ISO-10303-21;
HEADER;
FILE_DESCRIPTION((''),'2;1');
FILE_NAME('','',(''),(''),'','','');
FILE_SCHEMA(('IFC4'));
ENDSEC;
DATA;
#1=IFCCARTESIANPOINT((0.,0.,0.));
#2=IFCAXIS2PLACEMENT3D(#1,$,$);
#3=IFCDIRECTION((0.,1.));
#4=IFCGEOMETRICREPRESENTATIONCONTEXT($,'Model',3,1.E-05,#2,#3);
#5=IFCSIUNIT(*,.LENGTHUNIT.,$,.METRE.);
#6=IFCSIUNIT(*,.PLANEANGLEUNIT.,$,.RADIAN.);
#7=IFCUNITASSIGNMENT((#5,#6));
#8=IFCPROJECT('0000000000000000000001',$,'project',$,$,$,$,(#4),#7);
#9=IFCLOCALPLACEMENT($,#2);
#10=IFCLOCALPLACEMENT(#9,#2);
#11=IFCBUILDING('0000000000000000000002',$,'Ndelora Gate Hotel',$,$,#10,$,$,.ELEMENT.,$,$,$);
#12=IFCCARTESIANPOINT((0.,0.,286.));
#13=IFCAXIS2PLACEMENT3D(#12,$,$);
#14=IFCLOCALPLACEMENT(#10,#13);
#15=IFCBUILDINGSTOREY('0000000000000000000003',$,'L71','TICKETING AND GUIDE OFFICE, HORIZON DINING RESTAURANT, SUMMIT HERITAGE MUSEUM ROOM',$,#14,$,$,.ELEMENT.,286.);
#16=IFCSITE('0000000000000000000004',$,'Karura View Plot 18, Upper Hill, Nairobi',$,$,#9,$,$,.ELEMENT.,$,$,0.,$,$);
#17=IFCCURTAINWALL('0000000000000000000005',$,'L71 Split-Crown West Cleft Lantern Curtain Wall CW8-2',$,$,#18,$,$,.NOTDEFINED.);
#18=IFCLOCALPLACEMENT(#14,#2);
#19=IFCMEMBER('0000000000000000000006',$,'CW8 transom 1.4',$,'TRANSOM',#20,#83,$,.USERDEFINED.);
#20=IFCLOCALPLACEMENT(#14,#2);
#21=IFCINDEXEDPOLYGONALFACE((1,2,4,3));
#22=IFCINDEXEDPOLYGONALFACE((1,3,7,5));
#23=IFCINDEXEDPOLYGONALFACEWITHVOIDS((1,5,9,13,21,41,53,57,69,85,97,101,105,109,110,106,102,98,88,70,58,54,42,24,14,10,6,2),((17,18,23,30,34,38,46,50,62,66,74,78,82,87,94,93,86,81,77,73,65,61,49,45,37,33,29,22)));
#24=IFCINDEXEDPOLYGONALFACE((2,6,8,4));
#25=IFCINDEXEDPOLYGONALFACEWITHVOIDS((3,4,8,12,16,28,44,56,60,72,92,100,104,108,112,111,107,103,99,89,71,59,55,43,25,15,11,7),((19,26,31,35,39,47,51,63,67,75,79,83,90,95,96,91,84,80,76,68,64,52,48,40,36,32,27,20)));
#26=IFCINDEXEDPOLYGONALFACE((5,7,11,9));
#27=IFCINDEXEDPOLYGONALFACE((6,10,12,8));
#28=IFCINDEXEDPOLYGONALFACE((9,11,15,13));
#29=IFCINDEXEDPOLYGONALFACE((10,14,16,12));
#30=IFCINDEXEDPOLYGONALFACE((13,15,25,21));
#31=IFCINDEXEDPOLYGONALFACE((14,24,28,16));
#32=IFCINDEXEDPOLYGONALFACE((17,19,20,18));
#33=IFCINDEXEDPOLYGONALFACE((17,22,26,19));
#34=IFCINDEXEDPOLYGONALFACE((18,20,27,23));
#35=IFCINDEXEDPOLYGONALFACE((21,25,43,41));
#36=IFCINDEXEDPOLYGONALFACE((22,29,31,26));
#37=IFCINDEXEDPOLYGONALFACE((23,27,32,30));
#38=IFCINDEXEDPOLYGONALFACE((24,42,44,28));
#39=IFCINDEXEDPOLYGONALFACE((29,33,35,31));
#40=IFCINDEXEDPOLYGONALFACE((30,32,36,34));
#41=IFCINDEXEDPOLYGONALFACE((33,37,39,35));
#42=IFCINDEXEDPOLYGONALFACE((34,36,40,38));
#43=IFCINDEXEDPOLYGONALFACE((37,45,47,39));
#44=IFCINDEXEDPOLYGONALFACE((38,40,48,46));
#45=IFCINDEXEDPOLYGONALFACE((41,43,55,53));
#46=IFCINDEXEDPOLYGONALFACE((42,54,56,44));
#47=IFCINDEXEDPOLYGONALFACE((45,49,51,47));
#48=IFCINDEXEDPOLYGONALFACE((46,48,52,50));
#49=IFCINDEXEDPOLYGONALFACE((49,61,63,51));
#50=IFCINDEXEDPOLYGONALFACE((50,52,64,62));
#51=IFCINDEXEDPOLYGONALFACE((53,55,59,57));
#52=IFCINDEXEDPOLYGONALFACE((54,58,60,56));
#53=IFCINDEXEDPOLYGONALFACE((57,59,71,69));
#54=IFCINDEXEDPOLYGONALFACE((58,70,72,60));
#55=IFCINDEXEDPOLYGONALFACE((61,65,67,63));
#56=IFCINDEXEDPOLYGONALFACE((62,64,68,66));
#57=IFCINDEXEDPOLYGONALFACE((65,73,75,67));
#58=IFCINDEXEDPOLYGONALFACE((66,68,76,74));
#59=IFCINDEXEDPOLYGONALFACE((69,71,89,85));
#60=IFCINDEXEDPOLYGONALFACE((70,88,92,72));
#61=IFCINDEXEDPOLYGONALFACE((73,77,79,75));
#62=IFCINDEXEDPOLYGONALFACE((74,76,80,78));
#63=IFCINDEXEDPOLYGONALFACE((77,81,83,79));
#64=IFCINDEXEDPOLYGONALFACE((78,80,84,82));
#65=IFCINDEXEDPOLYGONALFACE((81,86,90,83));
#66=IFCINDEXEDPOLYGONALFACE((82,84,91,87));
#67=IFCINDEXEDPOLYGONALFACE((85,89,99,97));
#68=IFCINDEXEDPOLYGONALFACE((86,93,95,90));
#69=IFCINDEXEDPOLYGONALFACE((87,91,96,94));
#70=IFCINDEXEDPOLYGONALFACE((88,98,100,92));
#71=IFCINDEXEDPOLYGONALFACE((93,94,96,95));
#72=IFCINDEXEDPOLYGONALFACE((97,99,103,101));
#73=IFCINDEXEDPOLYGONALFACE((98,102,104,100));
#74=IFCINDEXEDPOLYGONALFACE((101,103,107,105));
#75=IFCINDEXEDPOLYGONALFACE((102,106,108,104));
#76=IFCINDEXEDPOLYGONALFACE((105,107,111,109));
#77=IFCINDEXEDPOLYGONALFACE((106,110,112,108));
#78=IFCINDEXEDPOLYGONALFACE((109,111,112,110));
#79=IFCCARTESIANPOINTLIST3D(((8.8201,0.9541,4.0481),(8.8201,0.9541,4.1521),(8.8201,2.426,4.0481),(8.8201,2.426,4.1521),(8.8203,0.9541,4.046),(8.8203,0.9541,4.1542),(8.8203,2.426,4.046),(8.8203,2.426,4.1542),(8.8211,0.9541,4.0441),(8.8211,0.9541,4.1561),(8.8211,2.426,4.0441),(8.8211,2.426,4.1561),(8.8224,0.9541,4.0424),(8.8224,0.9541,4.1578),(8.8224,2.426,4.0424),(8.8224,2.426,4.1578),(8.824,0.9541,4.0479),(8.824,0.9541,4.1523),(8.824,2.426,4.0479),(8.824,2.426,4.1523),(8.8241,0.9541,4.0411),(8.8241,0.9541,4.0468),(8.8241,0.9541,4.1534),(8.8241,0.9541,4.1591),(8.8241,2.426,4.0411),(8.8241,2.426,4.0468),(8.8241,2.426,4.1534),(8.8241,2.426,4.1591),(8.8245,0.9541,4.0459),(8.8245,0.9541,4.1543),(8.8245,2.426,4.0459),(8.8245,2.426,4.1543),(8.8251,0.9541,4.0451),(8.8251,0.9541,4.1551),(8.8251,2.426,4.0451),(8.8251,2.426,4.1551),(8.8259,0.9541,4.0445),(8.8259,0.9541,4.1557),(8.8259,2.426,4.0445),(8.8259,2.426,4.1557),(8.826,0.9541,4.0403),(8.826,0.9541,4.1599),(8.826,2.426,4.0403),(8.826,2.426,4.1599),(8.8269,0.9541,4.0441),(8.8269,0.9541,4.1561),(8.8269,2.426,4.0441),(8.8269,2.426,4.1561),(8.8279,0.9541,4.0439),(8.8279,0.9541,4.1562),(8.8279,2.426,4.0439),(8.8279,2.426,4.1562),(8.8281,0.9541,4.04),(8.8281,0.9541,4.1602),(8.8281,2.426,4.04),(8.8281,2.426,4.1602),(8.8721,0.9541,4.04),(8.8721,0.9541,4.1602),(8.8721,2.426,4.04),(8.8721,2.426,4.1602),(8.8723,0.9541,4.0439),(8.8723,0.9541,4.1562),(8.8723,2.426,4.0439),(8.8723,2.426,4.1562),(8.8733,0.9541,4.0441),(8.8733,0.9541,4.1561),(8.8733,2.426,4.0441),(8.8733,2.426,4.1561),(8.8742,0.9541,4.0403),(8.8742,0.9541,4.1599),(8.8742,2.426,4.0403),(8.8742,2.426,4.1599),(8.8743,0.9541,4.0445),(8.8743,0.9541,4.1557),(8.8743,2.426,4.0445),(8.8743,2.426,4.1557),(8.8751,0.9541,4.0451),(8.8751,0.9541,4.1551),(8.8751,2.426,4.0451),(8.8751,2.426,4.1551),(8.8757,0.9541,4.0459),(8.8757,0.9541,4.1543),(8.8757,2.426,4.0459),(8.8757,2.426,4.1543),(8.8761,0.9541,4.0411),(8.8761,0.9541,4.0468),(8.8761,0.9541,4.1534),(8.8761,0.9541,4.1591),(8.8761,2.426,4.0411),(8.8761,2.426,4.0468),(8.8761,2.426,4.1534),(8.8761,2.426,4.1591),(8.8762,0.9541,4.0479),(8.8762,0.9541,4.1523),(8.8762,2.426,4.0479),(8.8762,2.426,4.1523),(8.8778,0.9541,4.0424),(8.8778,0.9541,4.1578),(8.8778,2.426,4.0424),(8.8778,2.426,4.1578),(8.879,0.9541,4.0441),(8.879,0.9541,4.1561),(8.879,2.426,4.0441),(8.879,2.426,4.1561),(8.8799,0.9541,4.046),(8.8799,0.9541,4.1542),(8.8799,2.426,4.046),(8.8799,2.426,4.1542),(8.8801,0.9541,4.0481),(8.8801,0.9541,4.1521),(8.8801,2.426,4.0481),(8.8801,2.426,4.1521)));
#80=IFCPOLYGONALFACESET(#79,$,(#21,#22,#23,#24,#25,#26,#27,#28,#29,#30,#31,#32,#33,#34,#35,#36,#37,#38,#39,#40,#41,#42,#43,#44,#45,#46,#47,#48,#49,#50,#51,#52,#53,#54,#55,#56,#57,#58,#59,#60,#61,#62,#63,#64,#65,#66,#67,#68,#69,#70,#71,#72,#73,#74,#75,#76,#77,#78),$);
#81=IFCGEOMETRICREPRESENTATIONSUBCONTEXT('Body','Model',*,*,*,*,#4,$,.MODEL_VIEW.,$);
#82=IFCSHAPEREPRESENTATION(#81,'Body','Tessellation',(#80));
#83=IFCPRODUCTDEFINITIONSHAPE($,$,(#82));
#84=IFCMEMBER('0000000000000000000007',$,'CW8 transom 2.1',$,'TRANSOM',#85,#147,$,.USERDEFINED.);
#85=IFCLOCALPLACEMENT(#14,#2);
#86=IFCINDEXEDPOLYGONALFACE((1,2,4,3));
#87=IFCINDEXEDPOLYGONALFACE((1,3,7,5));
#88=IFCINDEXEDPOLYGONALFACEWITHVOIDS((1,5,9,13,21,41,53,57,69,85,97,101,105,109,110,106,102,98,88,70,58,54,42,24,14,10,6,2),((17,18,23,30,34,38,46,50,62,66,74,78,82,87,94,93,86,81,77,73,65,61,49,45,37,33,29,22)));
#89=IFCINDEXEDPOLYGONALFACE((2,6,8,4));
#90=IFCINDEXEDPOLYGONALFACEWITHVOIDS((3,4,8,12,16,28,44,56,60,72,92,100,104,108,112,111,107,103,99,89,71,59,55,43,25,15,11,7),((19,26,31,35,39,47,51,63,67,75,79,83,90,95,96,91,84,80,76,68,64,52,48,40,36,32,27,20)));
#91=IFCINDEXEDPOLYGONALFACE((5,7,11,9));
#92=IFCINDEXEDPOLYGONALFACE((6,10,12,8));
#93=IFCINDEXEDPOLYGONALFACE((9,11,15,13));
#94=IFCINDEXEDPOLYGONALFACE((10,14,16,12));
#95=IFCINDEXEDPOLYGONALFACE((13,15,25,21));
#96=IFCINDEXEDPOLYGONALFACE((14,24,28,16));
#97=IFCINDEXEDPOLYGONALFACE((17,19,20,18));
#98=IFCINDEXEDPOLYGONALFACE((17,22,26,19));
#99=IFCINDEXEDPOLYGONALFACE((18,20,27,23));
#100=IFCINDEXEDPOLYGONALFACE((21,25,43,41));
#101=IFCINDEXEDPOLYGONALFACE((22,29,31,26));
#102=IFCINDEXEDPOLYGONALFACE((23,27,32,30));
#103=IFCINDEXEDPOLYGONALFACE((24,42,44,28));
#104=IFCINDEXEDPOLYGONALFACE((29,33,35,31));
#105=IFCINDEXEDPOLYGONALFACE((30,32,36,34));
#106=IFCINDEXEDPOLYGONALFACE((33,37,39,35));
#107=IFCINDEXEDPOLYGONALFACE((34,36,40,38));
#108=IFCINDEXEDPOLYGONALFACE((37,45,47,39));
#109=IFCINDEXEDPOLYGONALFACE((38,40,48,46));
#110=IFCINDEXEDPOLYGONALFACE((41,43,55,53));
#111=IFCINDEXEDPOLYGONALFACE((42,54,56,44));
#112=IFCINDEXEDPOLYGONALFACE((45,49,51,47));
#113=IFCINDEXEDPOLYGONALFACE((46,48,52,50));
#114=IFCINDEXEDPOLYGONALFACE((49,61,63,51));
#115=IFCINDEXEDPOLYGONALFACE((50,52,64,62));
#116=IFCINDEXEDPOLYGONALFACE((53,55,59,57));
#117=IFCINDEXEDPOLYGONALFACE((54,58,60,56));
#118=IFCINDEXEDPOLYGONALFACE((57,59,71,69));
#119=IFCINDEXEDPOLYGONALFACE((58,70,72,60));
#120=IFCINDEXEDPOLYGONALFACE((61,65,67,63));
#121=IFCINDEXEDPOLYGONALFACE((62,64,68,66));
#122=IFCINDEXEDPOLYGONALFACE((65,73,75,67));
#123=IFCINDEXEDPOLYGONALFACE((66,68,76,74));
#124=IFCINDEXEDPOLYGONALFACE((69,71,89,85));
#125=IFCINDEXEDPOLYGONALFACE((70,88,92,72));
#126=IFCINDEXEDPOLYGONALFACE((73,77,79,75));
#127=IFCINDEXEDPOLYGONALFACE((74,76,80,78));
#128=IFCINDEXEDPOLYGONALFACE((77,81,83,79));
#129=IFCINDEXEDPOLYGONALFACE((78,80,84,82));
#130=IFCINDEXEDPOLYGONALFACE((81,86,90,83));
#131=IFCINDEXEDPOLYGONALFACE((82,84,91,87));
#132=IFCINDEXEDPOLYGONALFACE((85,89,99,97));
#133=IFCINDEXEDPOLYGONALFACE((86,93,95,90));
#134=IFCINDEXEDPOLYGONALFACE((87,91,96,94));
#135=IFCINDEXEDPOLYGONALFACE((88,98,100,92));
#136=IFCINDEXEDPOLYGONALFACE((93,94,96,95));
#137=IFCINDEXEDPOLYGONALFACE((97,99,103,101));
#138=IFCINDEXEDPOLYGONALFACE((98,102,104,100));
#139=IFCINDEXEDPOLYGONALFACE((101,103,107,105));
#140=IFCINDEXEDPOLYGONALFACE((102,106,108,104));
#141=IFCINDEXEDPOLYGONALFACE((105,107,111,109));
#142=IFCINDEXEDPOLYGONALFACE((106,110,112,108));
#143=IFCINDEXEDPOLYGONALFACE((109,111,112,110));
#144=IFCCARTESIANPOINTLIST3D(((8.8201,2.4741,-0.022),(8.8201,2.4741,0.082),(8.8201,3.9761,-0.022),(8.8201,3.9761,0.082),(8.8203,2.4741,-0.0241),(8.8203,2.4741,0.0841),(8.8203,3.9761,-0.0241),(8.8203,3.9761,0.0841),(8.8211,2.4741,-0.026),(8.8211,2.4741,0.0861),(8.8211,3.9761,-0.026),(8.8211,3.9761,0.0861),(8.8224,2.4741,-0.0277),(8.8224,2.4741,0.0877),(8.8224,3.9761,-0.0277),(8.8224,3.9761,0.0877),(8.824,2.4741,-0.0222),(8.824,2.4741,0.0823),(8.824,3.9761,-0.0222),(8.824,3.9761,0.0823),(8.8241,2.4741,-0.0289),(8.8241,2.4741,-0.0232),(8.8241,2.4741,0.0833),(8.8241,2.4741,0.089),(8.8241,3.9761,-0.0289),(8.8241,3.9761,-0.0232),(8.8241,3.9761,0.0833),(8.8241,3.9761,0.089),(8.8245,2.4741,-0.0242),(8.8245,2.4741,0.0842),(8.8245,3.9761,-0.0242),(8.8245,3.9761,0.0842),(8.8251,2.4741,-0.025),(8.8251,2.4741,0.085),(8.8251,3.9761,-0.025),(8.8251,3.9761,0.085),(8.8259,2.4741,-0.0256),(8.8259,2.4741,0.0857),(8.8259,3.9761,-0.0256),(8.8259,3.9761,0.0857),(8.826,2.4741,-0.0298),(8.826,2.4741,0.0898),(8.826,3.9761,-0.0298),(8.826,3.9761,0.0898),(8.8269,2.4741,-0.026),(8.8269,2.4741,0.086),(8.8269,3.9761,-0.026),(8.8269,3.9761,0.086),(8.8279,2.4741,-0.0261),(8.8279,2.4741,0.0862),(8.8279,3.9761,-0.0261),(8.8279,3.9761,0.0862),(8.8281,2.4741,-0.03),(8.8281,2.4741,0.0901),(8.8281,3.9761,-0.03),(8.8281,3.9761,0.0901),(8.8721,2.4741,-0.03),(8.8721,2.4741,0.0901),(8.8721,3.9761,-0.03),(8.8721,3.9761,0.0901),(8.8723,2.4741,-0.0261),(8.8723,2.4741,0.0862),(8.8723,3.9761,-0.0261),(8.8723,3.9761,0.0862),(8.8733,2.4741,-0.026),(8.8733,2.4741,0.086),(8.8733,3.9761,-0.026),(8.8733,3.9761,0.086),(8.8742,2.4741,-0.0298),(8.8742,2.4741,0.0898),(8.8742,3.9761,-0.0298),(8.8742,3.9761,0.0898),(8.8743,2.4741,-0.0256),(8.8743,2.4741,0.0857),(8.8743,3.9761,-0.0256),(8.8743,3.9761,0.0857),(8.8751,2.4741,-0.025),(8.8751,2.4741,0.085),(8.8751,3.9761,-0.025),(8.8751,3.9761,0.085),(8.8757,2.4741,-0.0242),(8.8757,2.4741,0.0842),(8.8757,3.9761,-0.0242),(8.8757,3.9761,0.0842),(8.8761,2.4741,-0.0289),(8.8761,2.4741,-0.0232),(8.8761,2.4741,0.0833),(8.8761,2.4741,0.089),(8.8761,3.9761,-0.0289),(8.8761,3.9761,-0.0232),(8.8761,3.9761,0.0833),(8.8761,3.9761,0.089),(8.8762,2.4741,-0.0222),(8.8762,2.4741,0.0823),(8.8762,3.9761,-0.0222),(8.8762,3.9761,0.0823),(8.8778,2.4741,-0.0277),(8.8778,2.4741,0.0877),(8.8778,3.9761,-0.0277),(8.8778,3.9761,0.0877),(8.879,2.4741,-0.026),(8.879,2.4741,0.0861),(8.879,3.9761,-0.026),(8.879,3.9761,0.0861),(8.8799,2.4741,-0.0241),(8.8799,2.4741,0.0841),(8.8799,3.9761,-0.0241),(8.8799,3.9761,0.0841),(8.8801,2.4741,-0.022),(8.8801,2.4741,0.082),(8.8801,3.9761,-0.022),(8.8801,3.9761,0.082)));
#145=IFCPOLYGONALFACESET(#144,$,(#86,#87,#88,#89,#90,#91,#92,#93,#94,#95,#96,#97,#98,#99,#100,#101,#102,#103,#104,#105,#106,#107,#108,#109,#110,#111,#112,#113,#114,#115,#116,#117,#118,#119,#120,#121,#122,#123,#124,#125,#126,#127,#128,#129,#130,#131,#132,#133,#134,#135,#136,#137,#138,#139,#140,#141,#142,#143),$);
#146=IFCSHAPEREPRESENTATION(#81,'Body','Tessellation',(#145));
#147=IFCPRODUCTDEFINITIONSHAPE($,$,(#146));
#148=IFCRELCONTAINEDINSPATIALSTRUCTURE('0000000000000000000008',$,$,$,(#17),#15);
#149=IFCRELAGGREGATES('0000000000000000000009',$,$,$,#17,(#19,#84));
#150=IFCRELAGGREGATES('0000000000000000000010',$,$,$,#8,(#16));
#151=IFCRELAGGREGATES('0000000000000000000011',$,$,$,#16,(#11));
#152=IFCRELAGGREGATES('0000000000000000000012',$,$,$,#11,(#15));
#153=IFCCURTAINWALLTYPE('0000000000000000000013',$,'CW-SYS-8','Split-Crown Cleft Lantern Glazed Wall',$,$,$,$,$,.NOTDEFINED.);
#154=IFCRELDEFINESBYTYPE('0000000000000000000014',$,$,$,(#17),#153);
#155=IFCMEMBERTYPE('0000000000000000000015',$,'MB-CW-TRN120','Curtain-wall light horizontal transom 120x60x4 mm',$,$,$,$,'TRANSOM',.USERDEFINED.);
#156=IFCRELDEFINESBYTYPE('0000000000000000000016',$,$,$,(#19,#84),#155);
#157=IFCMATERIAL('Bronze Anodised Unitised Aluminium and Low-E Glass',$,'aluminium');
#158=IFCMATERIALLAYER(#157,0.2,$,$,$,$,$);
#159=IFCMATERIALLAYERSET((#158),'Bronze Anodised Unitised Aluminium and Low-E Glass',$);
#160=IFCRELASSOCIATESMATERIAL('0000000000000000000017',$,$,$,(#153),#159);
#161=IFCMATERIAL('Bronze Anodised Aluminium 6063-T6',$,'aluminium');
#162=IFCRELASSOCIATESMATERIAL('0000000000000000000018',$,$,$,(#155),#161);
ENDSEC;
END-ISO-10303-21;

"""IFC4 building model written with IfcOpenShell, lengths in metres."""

from ifc_helpers import new_model, si_unit, direction, frame, origin, origin_2d, place, context, subcontext, project, spatial, hollow_rectangle, extrude, material, layer, layer_set, material_profile, profile_set, type_object, element, aggregate, save


model = new_model("IFC4")

# Units and contexts
model_context = context("Model", 3, precision=1e-05, world=origin(), true_north=direction((0.0, 1.0)))
body_context = subcontext(model_context, "Body", "Model", "MODEL_VIEW")
ifc_project = project(units=[si_unit("LENGTHUNIT", "METRE"), si_unit("PLANEANGLEUNIT", "RADIAN")], contexts=[model_context])

# Site, building, storey
site_placement = place(None, origin())
site = spatial("IfcSite", under=ifc_project, at=site_placement, Name="Karura View Plot 18, Upper Hill, Nairobi", CompositionType="ELEMENT", RefElevation=0.0)
building_placement = place(site_placement, origin())
building = spatial("IfcBuilding", under=site, at=building_placement, Name="Ndelora Gate Hotel", CompositionType="ELEMENT")
storey_placement = place(building_placement, frame((0.0, 0.0, 286.0)))
storey = spatial("IfcBuildingStorey", under=building, at=storey_placement, Name="L71", Description="TICKETING AND GUIDE OFFICE, HORIZON DINING RESTAURANT, SUMMIT HERITAGE MUSEUM ROOM", CompositionType="ELEMENT", Elevation=286.0)

# Curtain wall, members
ifc_material_1 = material(Name="Bronze Anodised Unitised Aluminium and Low-E Glass", Category="aluminium")
ifc_layer_1 = layer(ifc_material_1, 0.2)
ifc_layer_set_1 = layer_set([ifc_layer_1], Name="Bronze Anodised Unitised Aluminium and Low-E Glass")
curtain_wall_type = type_object("IfcCurtainWallType", Name="CW-SYS-8", Description="Split-Crown Cleft Lantern Glazed Wall", PredefinedType="NOTDEFINED", material=ifc_layer_set_1)
curtain_wall_placement = place(storey_placement, origin())
curtain_wall = element("IfcCurtainWall", 1, at=curtain_wall_placement, inside=storey, type_object=curtain_wall_type, Name="L71 Split-Crown West Cleft Lantern Curtain Wall CW8-2", PredefinedType="NOTDEFINED")
ifc_material_2 = material(Name="Bronze Anodised Aluminium 6063-T6", Category="aluminium")
ifc_material_profile_1 = material_profile(ifc_material_2, hollow_rectangle(XDim=0.0601, YDim=0.1201, WallThickness=0.0039, InnerFilletRadius=0.0039, OuterFilletRadius=0.0081, at=origin_2d()), Name="ALU 120x60x4")
ifc_profile_set_1 = profile_set([ifc_material_profile_1], Name="Bronze Anodised Aluminium 6063-T6")
member_type_1 = type_object("IfcMemberType", Name="MB-CW-TRN120", Description="Curtain-wall light horizontal transom 120x60x4 mm", ElementType="TRANSOM", PredefinedType="USERDEFINED", material=ifc_profile_set_1)
member_1_placement = place(storey_placement, frame((8.8501, 0.9541, 4.1001), z_axis=(0.0, 1.0, 0.0), x_axis=(-1.0, 0.0, 0.0)))
member_1 = element("IfcMember", 2, at=member_1_placement, type_object=member_type_1, Name="CW8 transom 1.4", ObjectType="TRANSOM", PredefinedType="USERDEFINED", context=body_context, shape_type="SweptSolid", body=[
    extrude(hollow_rectangle(XDim=0.0601, YDim=0.1201, WallThickness=0.0039, InnerFilletRadius=0.0039, OuterFilletRadius=0.0081, at=origin_2d()), origin(), (0.0, 0.0, 1.0), 1.4719),
])
member_2_placement = place(storey_placement, frame((8.8501, 2.4741, 0.03), z_axis=(0.0, 1.0, 0.0), x_axis=(-1.0, 0.0, 0.0)))
member_2 = element("IfcMember", 3, at=member_2_placement, type_object=member_type_1, Name="CW8 transom 2.1", ObjectType="TRANSOM", PredefinedType="USERDEFINED", context=body_context, shape_type="SweptSolid", body=[
    extrude(hollow_rectangle(XDim=0.0601, YDim=0.1201, WallThickness=0.0039, InnerFilletRadius=0.0039, OuterFilletRadius=0.0081, at=origin_2d()), origin(), (0.0, 0.0, 1.0), 1.502),
])
aggregate(curtain_wall, [member_1, member_2])

save(model, "model.ifc")
